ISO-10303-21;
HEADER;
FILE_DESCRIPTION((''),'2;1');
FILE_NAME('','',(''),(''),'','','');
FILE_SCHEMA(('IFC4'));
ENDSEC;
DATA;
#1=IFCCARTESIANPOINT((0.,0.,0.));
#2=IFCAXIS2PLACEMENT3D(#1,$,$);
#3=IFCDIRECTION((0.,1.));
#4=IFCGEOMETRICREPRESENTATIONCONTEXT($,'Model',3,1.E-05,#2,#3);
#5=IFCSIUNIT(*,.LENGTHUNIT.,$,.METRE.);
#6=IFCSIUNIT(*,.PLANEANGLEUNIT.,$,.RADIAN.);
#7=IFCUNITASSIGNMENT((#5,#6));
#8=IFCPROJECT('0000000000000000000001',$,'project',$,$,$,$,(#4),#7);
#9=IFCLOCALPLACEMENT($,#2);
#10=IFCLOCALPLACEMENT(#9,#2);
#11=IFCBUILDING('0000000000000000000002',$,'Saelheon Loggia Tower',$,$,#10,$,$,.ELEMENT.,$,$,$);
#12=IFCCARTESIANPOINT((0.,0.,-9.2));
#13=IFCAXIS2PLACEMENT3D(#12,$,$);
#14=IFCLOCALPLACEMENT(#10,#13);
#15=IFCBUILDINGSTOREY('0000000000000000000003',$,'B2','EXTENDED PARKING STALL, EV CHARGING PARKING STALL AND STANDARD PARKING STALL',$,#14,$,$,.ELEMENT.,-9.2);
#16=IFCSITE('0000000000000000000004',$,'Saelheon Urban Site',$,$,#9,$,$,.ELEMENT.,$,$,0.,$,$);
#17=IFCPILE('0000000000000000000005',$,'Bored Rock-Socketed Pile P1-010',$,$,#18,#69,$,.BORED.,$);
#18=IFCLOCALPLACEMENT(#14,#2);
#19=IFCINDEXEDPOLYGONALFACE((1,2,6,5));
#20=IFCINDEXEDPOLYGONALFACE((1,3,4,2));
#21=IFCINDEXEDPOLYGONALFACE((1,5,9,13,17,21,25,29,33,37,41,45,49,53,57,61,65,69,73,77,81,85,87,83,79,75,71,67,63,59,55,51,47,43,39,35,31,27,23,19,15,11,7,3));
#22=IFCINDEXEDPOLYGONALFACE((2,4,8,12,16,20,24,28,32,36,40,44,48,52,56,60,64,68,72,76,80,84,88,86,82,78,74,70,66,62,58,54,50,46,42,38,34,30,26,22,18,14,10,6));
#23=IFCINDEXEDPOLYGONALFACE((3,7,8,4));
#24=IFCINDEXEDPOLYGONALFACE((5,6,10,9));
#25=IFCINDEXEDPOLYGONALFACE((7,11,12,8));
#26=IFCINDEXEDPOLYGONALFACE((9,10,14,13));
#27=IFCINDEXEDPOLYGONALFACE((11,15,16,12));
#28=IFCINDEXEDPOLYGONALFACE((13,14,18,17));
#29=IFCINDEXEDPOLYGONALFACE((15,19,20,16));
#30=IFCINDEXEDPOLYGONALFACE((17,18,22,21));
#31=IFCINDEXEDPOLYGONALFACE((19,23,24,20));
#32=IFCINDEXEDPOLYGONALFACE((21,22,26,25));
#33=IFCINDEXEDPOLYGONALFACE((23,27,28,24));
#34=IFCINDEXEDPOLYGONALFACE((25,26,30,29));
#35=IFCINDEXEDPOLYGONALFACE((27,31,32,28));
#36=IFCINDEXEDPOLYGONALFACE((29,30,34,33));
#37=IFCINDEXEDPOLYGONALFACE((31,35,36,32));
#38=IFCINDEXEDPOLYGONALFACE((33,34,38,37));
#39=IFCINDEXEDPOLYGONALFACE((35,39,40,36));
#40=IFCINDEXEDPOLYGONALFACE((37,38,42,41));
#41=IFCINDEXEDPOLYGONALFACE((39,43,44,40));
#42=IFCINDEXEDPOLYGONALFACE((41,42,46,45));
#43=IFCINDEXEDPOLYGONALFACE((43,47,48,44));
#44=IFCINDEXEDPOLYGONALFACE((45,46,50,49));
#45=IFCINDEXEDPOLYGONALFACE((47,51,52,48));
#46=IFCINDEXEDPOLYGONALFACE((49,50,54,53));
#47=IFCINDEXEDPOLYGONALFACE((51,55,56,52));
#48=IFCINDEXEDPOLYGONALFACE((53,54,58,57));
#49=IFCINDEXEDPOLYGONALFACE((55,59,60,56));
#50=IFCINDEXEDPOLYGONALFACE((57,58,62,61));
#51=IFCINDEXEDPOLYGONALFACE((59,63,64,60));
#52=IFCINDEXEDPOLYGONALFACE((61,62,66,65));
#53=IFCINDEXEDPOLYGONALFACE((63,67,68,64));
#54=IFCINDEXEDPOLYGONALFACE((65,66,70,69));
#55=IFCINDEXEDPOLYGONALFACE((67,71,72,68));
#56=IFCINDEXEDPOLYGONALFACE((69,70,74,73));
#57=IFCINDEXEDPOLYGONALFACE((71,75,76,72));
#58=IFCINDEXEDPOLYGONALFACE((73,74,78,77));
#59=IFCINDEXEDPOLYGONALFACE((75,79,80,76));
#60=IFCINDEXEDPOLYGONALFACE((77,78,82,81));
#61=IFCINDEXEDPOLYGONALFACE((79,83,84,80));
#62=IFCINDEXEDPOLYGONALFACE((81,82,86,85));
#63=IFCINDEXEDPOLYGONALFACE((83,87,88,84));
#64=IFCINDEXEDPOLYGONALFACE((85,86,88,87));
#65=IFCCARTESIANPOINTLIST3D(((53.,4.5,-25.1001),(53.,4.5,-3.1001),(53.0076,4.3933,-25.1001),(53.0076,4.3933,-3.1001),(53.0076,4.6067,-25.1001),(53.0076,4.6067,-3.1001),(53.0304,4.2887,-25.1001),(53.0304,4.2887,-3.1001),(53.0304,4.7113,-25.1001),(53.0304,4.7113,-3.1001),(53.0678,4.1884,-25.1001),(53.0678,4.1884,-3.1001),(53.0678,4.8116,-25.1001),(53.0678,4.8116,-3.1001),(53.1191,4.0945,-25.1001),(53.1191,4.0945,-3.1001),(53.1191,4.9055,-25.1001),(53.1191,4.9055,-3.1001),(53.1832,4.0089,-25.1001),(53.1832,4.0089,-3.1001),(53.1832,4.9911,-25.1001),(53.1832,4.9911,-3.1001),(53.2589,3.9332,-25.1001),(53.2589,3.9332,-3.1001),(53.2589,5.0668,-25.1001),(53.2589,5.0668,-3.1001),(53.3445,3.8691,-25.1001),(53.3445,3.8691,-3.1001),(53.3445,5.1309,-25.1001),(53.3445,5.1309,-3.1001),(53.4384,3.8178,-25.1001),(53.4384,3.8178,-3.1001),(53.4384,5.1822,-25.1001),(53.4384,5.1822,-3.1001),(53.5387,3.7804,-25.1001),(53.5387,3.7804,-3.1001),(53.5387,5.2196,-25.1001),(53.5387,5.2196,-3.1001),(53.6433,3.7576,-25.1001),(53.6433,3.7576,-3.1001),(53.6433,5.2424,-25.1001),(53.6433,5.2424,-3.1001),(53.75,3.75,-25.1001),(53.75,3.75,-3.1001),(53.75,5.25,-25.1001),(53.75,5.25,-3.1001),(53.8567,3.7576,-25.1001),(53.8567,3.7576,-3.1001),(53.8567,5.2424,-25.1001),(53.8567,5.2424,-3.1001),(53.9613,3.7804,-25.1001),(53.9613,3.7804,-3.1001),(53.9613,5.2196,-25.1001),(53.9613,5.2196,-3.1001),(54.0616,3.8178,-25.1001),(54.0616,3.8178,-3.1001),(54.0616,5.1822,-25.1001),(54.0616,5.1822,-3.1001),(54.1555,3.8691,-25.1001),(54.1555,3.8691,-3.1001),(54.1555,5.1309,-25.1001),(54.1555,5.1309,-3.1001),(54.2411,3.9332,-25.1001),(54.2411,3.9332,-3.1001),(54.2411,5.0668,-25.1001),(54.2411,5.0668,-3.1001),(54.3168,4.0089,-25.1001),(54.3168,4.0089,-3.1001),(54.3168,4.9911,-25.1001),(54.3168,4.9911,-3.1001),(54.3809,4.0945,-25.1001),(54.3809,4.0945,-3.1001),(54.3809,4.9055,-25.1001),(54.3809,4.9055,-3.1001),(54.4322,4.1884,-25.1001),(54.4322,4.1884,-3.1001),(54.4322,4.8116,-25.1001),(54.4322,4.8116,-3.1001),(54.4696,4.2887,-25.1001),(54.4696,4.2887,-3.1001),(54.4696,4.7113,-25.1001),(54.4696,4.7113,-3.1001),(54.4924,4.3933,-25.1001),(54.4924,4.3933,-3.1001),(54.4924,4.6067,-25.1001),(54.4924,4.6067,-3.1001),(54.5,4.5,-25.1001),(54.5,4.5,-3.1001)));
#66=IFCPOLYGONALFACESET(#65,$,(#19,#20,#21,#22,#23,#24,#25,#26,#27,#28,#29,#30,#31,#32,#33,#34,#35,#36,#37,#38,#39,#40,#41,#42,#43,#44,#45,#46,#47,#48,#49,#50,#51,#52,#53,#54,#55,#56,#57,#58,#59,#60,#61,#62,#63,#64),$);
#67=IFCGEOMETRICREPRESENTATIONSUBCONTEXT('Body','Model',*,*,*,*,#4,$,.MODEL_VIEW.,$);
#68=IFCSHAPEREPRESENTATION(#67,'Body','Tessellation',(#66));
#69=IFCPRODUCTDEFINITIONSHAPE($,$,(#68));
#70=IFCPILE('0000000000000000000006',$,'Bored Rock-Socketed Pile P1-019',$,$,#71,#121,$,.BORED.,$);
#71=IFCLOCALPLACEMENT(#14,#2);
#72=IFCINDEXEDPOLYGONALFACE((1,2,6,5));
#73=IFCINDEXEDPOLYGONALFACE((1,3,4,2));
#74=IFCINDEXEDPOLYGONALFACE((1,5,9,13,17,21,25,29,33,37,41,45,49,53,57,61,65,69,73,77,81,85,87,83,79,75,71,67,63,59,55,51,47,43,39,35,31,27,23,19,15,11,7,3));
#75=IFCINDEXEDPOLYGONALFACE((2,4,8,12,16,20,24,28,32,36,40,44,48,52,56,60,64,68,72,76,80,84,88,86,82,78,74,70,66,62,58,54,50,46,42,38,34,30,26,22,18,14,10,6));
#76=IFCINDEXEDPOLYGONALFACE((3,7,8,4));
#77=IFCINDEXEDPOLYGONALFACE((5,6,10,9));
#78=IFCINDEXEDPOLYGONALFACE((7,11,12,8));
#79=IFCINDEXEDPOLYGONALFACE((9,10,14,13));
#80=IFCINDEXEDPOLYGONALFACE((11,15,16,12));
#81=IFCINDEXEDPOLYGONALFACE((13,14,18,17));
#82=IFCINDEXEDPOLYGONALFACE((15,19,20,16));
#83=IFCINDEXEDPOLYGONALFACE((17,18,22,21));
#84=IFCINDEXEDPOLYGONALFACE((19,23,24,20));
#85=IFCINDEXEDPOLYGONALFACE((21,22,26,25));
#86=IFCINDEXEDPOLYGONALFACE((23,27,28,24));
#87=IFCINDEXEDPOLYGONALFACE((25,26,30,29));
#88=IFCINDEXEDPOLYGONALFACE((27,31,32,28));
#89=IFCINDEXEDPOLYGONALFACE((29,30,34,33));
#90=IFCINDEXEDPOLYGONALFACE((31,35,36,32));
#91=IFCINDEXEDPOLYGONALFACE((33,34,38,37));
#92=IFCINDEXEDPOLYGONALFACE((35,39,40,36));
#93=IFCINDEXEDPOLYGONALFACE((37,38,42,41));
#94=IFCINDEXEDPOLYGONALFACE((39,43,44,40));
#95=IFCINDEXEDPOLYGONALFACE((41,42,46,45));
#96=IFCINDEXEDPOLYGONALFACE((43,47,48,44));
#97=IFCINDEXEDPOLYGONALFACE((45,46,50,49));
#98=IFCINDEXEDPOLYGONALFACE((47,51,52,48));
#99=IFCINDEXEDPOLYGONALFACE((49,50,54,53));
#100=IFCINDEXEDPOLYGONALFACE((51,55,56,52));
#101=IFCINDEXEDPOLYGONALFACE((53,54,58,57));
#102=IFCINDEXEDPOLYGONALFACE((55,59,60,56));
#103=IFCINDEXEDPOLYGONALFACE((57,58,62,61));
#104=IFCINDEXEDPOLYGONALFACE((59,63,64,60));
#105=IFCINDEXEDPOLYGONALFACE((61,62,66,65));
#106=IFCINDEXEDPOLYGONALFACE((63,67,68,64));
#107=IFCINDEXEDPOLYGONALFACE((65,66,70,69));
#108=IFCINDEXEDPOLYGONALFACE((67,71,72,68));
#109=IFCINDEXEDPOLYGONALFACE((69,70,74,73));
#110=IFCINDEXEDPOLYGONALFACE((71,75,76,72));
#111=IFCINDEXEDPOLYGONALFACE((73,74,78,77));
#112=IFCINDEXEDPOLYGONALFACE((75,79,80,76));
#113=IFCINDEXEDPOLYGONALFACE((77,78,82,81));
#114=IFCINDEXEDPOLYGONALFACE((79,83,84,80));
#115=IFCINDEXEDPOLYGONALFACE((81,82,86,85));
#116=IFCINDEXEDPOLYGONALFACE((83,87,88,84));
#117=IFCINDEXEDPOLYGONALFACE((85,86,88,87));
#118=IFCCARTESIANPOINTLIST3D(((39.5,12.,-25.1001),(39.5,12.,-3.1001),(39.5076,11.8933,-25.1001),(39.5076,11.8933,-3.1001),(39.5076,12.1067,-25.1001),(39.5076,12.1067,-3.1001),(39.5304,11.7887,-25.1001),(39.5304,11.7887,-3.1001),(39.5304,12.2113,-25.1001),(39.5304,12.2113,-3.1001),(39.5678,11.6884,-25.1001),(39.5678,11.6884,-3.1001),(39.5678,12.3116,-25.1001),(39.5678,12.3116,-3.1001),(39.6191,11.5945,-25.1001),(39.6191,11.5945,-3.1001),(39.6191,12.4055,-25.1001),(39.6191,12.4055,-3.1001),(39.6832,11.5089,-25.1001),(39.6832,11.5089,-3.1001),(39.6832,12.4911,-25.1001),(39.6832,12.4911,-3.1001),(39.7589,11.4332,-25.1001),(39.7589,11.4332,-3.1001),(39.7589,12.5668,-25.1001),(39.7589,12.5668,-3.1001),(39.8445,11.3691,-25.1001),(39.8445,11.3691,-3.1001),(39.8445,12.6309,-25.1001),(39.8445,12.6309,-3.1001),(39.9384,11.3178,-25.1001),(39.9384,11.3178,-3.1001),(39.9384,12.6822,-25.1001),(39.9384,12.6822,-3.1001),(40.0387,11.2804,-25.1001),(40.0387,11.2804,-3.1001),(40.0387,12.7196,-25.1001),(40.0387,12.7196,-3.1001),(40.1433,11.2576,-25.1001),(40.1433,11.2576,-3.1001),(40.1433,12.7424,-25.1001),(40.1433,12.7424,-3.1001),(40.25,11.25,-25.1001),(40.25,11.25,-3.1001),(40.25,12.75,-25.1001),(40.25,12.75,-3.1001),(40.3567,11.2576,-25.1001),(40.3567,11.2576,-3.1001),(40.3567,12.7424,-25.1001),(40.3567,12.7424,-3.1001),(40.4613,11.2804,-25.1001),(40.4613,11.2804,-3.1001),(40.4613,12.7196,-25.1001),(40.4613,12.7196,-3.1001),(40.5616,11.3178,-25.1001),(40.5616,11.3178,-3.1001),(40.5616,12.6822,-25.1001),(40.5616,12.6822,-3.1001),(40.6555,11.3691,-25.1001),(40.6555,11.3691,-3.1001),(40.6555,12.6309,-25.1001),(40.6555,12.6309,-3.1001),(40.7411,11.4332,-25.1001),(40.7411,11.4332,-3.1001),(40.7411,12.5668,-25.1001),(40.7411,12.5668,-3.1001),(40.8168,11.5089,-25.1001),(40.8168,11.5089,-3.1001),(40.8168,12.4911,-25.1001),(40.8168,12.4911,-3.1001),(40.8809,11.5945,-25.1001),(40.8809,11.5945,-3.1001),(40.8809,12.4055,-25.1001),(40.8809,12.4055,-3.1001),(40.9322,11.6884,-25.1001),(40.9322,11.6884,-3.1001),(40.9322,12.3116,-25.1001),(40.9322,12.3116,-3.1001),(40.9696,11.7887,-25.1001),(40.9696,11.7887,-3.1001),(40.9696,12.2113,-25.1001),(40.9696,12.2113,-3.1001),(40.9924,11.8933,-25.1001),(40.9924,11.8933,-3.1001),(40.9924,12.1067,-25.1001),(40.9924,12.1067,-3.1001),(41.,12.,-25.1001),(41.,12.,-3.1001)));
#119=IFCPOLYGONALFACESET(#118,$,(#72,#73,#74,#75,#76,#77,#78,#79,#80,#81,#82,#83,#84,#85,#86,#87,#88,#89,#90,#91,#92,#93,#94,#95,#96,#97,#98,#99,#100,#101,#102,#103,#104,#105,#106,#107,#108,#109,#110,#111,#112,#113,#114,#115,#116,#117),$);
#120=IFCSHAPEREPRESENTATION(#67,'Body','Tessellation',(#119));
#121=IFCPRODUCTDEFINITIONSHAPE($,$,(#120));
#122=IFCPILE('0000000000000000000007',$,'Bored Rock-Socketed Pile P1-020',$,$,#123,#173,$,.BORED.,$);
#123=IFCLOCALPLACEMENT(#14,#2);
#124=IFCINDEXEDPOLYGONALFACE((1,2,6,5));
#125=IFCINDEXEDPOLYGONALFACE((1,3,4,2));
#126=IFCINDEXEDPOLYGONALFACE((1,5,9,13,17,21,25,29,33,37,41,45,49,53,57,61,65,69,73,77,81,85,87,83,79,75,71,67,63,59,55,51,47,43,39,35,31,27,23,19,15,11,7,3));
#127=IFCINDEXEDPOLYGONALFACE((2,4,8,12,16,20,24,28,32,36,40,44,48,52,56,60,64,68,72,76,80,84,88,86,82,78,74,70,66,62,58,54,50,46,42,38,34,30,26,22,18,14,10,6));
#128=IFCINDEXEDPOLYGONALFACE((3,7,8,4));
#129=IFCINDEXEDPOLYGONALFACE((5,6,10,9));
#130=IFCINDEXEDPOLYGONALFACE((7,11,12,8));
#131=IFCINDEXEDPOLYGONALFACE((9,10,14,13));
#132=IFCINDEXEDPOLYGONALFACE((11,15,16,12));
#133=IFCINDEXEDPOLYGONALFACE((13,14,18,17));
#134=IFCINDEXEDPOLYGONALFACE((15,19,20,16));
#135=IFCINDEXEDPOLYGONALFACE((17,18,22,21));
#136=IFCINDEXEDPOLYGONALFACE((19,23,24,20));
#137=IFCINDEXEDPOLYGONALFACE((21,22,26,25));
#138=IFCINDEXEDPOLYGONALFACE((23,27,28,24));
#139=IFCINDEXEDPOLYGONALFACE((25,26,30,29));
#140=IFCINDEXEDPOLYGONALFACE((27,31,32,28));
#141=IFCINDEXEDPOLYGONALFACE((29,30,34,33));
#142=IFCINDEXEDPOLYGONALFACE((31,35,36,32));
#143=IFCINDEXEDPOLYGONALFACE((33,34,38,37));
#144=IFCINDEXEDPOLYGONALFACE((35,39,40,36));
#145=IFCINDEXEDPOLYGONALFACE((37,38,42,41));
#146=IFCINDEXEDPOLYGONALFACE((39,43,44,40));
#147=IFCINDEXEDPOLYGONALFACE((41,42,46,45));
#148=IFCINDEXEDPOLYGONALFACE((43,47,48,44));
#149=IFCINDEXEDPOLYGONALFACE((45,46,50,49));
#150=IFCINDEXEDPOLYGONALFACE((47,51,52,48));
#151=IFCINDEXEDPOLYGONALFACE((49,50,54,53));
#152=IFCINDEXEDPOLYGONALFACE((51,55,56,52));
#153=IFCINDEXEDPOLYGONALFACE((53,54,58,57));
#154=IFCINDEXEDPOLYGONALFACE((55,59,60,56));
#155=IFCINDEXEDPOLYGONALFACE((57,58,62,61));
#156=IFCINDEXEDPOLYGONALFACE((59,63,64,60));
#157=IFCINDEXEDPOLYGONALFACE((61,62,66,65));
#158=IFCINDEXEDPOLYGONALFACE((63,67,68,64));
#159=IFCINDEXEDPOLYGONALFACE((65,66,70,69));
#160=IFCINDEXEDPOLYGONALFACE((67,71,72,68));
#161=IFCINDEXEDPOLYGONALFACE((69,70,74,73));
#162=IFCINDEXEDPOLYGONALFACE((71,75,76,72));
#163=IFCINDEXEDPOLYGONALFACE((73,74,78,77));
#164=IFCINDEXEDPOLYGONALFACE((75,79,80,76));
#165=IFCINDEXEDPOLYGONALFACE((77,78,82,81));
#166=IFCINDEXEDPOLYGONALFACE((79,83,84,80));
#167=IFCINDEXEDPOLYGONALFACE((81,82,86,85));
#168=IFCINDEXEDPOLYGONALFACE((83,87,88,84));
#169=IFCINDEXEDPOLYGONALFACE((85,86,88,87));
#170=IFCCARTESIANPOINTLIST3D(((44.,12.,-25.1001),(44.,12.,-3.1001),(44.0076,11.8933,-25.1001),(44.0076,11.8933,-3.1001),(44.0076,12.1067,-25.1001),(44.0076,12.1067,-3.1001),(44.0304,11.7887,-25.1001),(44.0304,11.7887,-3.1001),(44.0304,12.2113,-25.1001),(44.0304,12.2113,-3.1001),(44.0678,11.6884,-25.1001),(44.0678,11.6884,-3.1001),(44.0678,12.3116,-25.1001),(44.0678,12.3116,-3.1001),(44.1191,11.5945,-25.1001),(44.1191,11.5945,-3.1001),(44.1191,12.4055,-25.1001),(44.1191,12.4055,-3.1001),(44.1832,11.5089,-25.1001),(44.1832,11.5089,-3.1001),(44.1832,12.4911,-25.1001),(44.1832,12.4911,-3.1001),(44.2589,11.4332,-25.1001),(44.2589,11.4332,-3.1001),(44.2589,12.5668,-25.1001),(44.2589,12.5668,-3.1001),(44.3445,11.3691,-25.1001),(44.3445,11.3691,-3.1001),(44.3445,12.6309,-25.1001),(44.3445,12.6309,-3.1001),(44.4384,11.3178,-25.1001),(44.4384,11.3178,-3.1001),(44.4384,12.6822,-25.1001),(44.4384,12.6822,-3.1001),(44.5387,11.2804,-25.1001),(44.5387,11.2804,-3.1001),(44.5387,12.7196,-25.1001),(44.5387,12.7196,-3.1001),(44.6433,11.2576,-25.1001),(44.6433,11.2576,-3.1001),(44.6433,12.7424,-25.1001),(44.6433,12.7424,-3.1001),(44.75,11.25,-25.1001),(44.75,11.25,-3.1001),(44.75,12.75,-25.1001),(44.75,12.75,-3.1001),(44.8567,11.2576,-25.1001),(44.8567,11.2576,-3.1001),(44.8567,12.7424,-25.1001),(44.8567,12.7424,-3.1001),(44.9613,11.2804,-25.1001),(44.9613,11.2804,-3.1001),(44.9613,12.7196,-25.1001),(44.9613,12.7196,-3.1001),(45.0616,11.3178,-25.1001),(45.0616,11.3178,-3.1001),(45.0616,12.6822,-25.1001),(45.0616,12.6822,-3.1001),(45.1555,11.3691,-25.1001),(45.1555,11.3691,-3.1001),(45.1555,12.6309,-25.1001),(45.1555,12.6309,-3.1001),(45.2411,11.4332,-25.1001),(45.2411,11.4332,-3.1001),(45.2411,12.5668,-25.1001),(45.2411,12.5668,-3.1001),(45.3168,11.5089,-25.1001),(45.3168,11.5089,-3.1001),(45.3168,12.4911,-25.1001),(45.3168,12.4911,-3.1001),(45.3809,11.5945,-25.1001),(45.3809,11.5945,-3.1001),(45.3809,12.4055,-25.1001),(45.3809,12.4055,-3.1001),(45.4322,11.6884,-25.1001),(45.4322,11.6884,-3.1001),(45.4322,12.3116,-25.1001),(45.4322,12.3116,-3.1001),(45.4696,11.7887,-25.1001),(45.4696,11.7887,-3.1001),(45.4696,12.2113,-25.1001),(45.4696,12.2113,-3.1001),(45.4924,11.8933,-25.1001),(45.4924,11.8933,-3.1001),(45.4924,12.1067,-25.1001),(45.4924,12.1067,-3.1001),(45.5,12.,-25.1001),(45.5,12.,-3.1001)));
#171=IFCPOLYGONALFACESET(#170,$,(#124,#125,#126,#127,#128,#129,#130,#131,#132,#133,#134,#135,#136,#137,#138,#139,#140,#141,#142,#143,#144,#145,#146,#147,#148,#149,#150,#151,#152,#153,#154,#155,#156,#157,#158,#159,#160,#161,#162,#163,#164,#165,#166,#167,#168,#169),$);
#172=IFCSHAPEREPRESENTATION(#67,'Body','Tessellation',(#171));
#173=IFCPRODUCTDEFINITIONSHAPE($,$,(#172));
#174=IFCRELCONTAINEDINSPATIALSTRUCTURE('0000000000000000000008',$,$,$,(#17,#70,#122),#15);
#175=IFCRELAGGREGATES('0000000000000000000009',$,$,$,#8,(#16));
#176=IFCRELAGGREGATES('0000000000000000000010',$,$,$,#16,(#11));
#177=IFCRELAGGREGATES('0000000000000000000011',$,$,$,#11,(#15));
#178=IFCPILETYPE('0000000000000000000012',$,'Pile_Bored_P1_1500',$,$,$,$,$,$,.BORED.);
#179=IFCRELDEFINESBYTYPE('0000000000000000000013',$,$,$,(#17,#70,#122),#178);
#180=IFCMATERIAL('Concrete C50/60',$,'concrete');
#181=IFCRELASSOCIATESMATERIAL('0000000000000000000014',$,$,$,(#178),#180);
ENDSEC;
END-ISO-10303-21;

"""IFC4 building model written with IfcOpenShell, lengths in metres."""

from ifc_helpers import new_model, si_unit, direction, frame, origin, origin_2d, place, context, subcontext, project, spatial, circle, extrude, source, transform, mapped, material, material_profile, profile_set, type_object, element, save


model = new_model("IFC4")

# Units and contexts
model_context = context("Model", 3, precision=1e-05, world=origin(), true_north=direction((0.0, 1.0)))
body_context = subcontext(model_context, "Body", "Model", "MODEL_VIEW")
ifc_project = project(units=[si_unit("LENGTHUNIT", "METRE"), si_unit("PLANEANGLEUNIT", "RADIAN")], contexts=[model_context])

# Site, building, storey
site_placement = place(None, origin())
site = spatial("IfcSite", under=ifc_project, at=site_placement, Name="Saelheon Urban Site", CompositionType="ELEMENT", RefElevation=0.0)
building_placement = place(site_placement, origin())
building = spatial("IfcBuilding", under=site, at=building_placement, Name="Saelheon Loggia Tower", CompositionType="ELEMENT")
storey_placement = place(building_placement, frame((0.0, 0.0, -9.2)))
storey = spatial("IfcBuildingStorey", under=building, at=storey_placement, Name="B2", Description="EXTENDED PARKING STALL, EV CHARGING PARKING STALL AND STANDARD PARKING STALL", CompositionType="ELEMENT", Elevation=-9.2)

# Piles
ifc_material_1 = material(Name="Concrete C50/60", Category="concrete")
ifc_material_profile_1 = material_profile(ifc_material_1, circle(Radius=0.75, at=origin_2d()), Name="CIRC-1500")
ifc_profile_set_1 = profile_set([ifc_material_profile_1], Name="Concrete C50/60")
pile_type = type_object("IfcPileType", Name="Pile_Bored_P1_1500", PredefinedType="BORED", material=ifc_profile_set_1)
shared_shape_1 = source(origin(), body_context, "Body", "SweptSolid", [
    extrude(circle(Radius=0.75, at=origin_2d()), origin(), (0.0, 0.0, 1.0), 22.0),
])
for number, where, z_axis, x_axis, name in (
    (1, (53.75, 4.5, -3.1001), (0.0, 0.0, -1.0), (1.0, 0.0, 0.0), "Bored Rock-Socketed Pile P1-010"),
    (2, (40.25, 12.0, -3.1001), (0.0, 0.0, -1.0), (1.0, 0.0, 0.0), "Bored Rock-Socketed Pile P1-019"),
    (3, (44.75, 12.0, -3.1001), (0.0, 0.0, -1.0), (1.0, 0.0, 0.0), "Bored Rock-Socketed Pile P1-020"),
):
    element("IfcPile", number, at=place(storey_placement, frame(where, z_axis=z_axis, x_axis=x_axis)), inside=storey, type_object=pile_type, Name=name, PredefinedType="BORED", context=body_context, shape_type="MappedRepresentation", body=[
        mapped(shared_shape_1, transform((0.0, 0.0, 0.0), scale=1.0)),
    ])

save(model, "model.ifc")
